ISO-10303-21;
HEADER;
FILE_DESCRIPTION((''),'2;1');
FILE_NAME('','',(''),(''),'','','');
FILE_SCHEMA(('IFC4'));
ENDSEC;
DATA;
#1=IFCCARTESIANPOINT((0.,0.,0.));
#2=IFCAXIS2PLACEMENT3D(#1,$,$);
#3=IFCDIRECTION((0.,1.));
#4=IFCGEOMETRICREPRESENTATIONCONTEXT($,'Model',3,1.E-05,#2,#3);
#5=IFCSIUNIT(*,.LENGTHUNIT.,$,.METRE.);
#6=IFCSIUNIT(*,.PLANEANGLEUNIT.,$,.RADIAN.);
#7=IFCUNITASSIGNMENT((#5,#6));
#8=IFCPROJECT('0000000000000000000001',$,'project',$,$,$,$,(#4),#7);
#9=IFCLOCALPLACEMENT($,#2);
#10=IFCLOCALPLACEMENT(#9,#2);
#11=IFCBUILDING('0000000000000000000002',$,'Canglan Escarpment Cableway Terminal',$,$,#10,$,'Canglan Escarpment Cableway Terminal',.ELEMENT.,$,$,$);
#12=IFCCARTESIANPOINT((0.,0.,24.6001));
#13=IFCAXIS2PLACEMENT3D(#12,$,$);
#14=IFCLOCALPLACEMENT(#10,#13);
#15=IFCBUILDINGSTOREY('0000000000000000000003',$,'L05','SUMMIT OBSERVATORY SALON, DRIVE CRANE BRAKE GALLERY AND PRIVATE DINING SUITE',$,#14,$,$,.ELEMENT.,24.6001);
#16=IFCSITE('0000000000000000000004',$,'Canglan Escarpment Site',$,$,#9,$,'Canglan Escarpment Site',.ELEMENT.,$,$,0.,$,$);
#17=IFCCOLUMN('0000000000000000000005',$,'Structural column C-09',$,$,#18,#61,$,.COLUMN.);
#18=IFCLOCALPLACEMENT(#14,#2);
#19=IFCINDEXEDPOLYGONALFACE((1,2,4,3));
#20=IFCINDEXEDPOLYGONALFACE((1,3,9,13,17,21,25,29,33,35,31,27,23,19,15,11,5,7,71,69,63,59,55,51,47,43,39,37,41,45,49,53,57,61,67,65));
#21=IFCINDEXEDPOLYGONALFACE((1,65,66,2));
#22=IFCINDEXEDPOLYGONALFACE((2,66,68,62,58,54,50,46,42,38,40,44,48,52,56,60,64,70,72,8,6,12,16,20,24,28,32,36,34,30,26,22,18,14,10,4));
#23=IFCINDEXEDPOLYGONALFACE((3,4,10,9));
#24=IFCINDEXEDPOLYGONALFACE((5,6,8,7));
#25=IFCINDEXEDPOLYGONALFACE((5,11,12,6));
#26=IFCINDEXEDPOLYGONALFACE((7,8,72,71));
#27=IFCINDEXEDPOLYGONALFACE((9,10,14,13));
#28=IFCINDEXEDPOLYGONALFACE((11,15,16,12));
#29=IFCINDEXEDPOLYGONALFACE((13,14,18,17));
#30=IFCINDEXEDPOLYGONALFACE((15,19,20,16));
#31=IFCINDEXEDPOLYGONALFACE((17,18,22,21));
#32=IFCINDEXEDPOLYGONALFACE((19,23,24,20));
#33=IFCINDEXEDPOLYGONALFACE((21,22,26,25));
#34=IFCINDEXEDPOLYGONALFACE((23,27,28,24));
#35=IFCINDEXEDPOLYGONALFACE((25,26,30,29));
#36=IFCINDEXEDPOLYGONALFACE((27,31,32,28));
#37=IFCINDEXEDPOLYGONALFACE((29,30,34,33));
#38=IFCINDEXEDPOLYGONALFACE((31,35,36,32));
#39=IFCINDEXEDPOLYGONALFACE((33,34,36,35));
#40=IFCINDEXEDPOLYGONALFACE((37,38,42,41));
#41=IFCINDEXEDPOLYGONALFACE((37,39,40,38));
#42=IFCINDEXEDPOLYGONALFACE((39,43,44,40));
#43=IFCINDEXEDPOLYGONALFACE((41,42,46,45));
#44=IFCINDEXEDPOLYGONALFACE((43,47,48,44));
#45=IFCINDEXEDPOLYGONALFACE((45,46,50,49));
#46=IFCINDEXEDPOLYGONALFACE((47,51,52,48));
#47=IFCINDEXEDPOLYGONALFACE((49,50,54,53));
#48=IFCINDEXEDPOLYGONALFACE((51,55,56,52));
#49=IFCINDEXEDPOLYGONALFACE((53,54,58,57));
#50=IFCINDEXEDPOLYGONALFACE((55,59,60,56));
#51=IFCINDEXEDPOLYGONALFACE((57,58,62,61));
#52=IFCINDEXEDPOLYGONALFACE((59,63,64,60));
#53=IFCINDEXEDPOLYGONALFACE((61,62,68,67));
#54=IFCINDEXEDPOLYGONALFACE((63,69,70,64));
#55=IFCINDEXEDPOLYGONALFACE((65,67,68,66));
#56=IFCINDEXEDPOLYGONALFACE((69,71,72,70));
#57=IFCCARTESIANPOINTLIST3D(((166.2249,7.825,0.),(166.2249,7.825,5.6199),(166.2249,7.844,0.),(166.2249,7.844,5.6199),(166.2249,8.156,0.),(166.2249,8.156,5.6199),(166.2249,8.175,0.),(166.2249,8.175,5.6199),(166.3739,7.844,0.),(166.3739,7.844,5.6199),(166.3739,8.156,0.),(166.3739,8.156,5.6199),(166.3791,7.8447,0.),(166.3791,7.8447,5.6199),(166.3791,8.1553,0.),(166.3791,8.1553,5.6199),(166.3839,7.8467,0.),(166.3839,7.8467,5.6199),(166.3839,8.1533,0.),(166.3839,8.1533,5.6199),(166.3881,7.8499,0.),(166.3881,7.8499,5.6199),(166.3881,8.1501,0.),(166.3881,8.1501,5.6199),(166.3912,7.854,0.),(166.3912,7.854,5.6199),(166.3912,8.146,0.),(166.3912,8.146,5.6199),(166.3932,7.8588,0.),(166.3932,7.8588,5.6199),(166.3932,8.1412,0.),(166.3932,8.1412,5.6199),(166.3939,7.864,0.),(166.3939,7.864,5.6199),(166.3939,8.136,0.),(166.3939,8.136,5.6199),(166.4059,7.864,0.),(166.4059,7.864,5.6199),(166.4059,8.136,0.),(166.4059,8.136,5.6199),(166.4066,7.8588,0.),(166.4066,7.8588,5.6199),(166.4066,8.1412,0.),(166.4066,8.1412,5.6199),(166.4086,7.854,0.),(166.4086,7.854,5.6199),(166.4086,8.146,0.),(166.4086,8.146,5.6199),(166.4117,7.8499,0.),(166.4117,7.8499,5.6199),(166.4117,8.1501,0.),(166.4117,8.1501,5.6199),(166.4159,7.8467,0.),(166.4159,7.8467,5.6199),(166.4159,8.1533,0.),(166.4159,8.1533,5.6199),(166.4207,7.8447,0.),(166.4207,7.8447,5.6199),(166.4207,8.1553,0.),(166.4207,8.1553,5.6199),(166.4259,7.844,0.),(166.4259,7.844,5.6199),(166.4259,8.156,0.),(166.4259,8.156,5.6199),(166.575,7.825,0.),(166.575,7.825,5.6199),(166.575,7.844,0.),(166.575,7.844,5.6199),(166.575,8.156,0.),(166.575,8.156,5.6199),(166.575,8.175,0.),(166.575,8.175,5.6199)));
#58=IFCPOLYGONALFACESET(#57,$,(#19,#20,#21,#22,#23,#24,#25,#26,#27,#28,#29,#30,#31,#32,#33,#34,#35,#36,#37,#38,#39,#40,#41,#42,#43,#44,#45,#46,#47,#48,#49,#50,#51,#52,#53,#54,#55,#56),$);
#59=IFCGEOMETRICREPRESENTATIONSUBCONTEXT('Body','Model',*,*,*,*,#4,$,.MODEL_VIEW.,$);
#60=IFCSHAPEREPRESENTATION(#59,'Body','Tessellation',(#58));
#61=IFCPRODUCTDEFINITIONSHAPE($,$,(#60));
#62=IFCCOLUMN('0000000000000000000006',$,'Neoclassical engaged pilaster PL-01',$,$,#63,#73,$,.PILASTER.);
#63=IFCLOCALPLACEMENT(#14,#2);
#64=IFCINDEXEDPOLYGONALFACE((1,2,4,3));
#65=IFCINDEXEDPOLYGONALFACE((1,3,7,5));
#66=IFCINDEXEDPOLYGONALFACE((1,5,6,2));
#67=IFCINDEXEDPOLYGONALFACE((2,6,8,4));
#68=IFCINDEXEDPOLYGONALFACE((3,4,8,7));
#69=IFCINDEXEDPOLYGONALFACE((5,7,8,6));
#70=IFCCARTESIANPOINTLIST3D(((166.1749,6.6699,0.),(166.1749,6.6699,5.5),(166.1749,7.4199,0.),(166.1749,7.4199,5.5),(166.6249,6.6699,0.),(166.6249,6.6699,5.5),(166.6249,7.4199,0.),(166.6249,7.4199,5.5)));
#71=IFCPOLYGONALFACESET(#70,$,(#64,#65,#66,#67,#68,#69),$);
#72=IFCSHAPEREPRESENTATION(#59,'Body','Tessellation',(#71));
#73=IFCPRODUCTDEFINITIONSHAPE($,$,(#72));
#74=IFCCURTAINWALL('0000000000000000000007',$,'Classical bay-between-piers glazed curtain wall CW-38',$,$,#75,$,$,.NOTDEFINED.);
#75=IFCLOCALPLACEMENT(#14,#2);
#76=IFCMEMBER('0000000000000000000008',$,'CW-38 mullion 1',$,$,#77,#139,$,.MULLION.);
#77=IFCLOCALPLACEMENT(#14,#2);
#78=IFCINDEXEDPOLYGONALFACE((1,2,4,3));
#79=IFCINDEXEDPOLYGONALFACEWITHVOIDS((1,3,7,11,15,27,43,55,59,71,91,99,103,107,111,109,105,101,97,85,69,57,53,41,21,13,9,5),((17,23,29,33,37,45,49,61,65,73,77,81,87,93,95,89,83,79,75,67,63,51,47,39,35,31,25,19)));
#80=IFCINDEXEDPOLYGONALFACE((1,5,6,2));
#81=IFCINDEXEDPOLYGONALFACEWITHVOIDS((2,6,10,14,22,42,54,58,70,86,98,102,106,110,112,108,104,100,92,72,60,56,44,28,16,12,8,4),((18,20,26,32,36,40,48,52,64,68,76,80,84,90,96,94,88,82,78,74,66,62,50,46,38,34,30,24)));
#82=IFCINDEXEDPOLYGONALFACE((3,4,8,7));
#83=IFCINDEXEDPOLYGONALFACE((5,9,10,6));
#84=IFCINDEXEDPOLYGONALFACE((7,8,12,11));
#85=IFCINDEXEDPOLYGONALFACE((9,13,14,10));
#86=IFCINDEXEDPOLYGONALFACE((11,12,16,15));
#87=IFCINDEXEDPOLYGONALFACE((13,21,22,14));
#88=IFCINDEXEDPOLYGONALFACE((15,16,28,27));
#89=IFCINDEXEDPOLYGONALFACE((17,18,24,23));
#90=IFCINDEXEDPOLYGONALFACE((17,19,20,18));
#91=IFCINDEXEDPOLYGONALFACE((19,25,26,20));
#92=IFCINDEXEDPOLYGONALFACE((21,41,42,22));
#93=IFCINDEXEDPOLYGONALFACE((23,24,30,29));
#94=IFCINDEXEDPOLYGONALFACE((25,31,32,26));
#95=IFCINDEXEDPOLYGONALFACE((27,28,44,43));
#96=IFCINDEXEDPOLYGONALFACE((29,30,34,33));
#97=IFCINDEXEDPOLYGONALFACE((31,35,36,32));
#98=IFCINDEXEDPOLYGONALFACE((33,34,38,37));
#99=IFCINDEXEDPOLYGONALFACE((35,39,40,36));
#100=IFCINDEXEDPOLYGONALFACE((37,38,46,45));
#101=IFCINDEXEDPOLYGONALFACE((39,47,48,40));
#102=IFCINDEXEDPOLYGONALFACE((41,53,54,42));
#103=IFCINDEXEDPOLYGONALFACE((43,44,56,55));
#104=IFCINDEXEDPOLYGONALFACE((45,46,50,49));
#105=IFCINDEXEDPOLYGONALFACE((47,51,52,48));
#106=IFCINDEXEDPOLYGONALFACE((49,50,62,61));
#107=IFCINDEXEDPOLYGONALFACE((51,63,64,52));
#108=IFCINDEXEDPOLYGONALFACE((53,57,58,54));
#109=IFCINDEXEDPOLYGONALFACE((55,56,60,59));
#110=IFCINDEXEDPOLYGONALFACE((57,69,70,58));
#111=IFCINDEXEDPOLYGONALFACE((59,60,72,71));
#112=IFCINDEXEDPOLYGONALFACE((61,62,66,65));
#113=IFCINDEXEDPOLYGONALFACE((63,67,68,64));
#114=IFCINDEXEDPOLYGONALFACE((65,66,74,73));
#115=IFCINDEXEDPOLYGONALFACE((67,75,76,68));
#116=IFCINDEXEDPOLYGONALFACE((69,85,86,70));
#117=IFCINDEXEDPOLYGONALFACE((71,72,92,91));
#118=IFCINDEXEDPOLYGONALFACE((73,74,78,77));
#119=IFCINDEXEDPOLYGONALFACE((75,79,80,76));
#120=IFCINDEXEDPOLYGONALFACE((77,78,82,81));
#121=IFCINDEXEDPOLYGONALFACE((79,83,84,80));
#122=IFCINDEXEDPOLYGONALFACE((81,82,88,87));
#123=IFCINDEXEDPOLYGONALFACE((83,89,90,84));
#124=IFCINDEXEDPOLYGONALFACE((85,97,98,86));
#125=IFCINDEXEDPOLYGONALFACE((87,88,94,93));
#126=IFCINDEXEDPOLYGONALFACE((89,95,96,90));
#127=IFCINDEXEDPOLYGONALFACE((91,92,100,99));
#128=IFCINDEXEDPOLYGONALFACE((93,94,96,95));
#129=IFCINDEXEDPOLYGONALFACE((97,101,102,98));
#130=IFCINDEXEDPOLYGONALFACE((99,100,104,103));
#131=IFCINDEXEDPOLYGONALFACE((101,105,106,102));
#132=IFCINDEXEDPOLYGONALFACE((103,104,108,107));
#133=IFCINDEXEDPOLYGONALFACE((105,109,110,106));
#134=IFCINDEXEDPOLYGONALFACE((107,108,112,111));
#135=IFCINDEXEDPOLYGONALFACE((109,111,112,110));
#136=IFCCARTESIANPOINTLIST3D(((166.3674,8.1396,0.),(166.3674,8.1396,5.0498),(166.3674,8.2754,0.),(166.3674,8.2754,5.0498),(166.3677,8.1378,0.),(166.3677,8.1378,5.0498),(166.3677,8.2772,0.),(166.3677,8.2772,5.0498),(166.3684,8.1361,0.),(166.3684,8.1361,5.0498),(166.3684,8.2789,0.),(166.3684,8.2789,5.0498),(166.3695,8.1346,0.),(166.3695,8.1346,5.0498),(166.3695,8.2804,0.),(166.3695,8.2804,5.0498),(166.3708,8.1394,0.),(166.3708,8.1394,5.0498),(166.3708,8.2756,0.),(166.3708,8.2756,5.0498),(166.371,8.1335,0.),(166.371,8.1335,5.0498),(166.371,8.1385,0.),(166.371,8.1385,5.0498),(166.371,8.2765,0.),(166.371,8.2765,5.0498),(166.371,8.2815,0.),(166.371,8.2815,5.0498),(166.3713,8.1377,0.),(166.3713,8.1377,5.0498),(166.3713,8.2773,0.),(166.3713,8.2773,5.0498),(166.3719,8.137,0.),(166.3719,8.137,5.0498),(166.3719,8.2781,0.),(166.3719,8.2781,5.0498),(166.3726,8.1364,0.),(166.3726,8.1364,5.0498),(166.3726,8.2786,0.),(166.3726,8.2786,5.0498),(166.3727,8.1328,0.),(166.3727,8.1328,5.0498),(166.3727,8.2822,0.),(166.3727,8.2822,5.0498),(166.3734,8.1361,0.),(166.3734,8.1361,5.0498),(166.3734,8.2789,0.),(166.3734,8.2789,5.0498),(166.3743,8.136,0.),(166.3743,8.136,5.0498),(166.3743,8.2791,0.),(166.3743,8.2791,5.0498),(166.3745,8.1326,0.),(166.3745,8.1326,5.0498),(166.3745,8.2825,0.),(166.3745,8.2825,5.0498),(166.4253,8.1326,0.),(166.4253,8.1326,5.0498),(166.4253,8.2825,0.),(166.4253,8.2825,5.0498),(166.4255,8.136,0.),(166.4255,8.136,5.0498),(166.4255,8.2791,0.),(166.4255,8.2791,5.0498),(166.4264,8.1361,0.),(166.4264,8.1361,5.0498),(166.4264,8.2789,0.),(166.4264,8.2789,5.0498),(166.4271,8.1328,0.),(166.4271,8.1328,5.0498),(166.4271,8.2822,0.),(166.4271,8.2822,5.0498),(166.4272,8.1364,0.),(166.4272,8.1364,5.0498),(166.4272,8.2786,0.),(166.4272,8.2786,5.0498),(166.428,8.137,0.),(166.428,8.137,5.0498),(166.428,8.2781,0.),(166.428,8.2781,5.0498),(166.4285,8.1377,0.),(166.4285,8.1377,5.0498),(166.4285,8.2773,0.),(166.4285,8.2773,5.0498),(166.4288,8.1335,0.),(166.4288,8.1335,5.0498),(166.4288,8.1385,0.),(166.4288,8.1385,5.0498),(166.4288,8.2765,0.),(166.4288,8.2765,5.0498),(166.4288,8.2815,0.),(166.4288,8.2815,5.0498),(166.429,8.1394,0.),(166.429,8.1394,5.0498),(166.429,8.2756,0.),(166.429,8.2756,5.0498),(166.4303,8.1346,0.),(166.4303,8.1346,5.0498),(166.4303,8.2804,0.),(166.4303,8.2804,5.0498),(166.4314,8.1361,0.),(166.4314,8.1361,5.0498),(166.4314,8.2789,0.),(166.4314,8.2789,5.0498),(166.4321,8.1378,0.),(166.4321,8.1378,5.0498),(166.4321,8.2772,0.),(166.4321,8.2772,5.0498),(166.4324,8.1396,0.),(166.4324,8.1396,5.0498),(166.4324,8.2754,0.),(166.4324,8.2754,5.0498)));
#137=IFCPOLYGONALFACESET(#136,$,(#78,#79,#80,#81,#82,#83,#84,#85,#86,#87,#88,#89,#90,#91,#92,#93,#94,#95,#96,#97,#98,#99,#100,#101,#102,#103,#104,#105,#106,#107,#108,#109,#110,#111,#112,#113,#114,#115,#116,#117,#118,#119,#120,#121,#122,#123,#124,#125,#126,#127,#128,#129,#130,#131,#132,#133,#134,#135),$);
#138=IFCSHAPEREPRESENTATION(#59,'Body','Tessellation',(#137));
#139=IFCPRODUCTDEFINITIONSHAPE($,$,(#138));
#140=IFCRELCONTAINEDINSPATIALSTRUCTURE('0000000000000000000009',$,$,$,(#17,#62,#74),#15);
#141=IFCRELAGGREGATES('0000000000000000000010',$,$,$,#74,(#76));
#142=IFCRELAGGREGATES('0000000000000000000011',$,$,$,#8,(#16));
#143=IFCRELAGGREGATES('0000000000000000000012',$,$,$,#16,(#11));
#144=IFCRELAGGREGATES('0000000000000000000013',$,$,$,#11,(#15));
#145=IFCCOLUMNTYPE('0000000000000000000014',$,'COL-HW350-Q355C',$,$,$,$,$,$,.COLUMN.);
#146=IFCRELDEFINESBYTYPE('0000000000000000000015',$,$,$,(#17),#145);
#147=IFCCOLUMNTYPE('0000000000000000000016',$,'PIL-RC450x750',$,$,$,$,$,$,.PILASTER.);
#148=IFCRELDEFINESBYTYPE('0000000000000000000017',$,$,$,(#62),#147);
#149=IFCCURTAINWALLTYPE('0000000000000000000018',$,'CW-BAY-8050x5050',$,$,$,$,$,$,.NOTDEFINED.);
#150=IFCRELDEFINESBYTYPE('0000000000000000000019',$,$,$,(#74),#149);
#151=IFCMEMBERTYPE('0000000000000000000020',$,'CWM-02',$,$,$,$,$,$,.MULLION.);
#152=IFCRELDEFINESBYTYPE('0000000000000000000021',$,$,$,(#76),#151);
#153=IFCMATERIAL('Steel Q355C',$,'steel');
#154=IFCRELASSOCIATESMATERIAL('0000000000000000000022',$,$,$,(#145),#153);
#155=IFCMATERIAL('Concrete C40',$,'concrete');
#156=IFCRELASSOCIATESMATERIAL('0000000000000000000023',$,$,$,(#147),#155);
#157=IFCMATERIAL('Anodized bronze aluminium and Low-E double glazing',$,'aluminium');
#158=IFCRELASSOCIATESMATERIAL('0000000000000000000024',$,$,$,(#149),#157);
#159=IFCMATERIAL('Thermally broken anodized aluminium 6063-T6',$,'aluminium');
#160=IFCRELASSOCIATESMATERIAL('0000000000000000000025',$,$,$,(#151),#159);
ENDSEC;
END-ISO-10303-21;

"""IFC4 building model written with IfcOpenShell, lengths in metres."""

from ifc_helpers import new_model, si_unit, direction, frame, origin, origin_2d, place, context, subcontext, project, spatial, rectangle, hollow_rectangle, i_section, extrude, material, material_profile, profile_set, type_object, element, aggregate, save


model = new_model("IFC4")

# Units and contexts
model_context = context("Model", 3, precision=1e-05, world=origin(), true_north=direction((0.0, 1.0)))
body_context = subcontext(model_context, "Body", "Model", "MODEL_VIEW")
ifc_project = project(units=[si_unit("LENGTHUNIT", "METRE"), si_unit("PLANEANGLEUNIT", "RADIAN")], contexts=[model_context])

# Site, building, storey
site_placement = place(None, origin())
site = spatial("IfcSite", under=ifc_project, at=site_placement, Name="Canglan Escarpment Site", LongName="Canglan Escarpment Site", CompositionType="ELEMENT", RefElevation=0.0)
building_placement = place(site_placement, origin())
building = spatial("IfcBuilding", under=site, at=building_placement, Name="Canglan Escarpment Cableway Terminal", LongName="Canglan Escarpment Cableway Terminal", CompositionType="ELEMENT")
storey_placement = place(building_placement, frame((0.0, 0.0, 24.6001)))
storey = spatial("IfcBuildingStorey", under=building, at=storey_placement, Name="L05", Description="SUMMIT OBSERVATORY SALON, DRIVE CRANE BRAKE GALLERY AND PRIVATE DINING SUITE", CompositionType="ELEMENT", Elevation=24.6001)

# Columns
ifc_material_1 = material(Name="Steel Q355C", Category="steel")
ifc_material_profile_1 = material_profile(ifc_material_1, i_section(OverallWidth=0.3501, OverallDepth=0.3501, WebThickness=0.012, FlangeThickness=0.019, FilletRadius=0.02, at=origin_2d()), Name="HW 350x350x12x19")
ifc_profile_set_1 = profile_set([ifc_material_profile_1], Name="Steel Q355C")
column_type_1 = type_object("IfcColumnType", Name="COL-HW350-Q355C", PredefinedType="COLUMN", material=ifc_profile_set_1)
column_1_placement = place(storey_placement, frame((166.3999, 8.0, 0.0), z_axis=(0.0, 0.0, 1.0), x_axis=(1.0, 0.0, 0.0)))
element("IfcColumn", 1, at=column_1_placement, inside=storey, type_object=column_type_1, Name="Structural column C-09", PredefinedType="COLUMN", context=body_context, shape_type="SweptSolid", body=[
    extrude(i_section(OverallWidth=0.3501, OverallDepth=0.3501, WebThickness=0.012, FlangeThickness=0.019, FilletRadius=0.02, at=origin_2d()), origin(), (0.0, 0.0, 1.0), 5.6199),
])
ifc_material_2 = material(Name="Concrete C40", Category="concrete")
ifc_material_profile_2 = material_profile(ifc_material_2, rectangle(XDim=0.45, YDim=0.75, at=origin_2d()), Name="RC-PIL 450x750")
ifc_profile_set_2 = profile_set([ifc_material_profile_2], Name="Concrete C40")
column_type_2 = type_object("IfcColumnType", Name="PIL-RC450x750", PredefinedType="PILASTER", material=ifc_profile_set_2)
column_2_placement = place(storey_placement, frame((166.3999, 7.0449, 0.0), z_axis=(0.0, 0.0, 1.0), x_axis=(1.0, 0.0, 0.0)))
element("IfcColumn", 2, at=column_2_placement, inside=storey, type_object=column_type_2, Name="Neoclassical engaged pilaster PL-01", PredefinedType="PILASTER", context=body_context, shape_type="SweptSolid", body=[
    extrude(rectangle(XDim=0.45, YDim=0.75, at=origin_2d()), origin(), (0.0, 0.0, 1.0), 5.5),
])

# Curtain wall, member
ifc_material_3 = material(Name="Anodized bronze aluminium and Low-E double glazing", Category="aluminium")
curtain_wall_type_1 = type_object("IfcCurtainWallType", Name="CW-BAY-8050x5050", PredefinedType="NOTDEFINED", material=ifc_material_3)
curtain_wall_1_placement = place(storey_placement, origin())
curtain_wall_1 = element("IfcCurtainWall", 3, at=curtain_wall_1_placement, inside=storey, type_object=curtain_wall_type_1, Name="Classical bay-between-piers glazed curtain wall CW-38", PredefinedType="NOTDEFINED")
ifc_material_4 = material(Name="Thermally broken anodized aluminium 6063-T6", Category="aluminium")
ifc_material_profile_3 = material_profile(ifc_material_4, hollow_rectangle(XDim=0.0649, YDim=0.1499, WallThickness=0.0034, InnerFilletRadius=0.0034, OuterFilletRadius=0.0071, at=origin_2d()), Name="ALU-MULL 65x150x3.5")
ifc_profile_set_3 = profile_set([ifc_material_profile_3], Name="Thermally broken anodized aluminium 6063-T6")
member_type_1 = type_object("IfcMemberType", Name="CWM-02", PredefinedType="MULLION", material=ifc_profile_set_3)
member_1_placement = place(storey_placement, frame((166.3999, 8.2075, 0.0), z_axis=(0.0, 0.0, 1.0), x_axis=(-1.0, 0.0, 0.0)))
member_1 = element("IfcMember", 4, at=member_1_placement, type_object=member_type_1, Name="CW-38 mullion 1", PredefinedType="MULLION", context=body_context, shape_type="SweptSolid", body=[
    extrude(hollow_rectangle(XDim=0.0649, YDim=0.1499, WallThickness=0.0034, InnerFilletRadius=0.0034, OuterFilletRadius=0.0071, at=origin_2d()), origin(), (0.0, 0.0, 1.0), 5.0498),
])

aggregate(curtain_wall_1, [member_1])

save(model, "model.ifc")
